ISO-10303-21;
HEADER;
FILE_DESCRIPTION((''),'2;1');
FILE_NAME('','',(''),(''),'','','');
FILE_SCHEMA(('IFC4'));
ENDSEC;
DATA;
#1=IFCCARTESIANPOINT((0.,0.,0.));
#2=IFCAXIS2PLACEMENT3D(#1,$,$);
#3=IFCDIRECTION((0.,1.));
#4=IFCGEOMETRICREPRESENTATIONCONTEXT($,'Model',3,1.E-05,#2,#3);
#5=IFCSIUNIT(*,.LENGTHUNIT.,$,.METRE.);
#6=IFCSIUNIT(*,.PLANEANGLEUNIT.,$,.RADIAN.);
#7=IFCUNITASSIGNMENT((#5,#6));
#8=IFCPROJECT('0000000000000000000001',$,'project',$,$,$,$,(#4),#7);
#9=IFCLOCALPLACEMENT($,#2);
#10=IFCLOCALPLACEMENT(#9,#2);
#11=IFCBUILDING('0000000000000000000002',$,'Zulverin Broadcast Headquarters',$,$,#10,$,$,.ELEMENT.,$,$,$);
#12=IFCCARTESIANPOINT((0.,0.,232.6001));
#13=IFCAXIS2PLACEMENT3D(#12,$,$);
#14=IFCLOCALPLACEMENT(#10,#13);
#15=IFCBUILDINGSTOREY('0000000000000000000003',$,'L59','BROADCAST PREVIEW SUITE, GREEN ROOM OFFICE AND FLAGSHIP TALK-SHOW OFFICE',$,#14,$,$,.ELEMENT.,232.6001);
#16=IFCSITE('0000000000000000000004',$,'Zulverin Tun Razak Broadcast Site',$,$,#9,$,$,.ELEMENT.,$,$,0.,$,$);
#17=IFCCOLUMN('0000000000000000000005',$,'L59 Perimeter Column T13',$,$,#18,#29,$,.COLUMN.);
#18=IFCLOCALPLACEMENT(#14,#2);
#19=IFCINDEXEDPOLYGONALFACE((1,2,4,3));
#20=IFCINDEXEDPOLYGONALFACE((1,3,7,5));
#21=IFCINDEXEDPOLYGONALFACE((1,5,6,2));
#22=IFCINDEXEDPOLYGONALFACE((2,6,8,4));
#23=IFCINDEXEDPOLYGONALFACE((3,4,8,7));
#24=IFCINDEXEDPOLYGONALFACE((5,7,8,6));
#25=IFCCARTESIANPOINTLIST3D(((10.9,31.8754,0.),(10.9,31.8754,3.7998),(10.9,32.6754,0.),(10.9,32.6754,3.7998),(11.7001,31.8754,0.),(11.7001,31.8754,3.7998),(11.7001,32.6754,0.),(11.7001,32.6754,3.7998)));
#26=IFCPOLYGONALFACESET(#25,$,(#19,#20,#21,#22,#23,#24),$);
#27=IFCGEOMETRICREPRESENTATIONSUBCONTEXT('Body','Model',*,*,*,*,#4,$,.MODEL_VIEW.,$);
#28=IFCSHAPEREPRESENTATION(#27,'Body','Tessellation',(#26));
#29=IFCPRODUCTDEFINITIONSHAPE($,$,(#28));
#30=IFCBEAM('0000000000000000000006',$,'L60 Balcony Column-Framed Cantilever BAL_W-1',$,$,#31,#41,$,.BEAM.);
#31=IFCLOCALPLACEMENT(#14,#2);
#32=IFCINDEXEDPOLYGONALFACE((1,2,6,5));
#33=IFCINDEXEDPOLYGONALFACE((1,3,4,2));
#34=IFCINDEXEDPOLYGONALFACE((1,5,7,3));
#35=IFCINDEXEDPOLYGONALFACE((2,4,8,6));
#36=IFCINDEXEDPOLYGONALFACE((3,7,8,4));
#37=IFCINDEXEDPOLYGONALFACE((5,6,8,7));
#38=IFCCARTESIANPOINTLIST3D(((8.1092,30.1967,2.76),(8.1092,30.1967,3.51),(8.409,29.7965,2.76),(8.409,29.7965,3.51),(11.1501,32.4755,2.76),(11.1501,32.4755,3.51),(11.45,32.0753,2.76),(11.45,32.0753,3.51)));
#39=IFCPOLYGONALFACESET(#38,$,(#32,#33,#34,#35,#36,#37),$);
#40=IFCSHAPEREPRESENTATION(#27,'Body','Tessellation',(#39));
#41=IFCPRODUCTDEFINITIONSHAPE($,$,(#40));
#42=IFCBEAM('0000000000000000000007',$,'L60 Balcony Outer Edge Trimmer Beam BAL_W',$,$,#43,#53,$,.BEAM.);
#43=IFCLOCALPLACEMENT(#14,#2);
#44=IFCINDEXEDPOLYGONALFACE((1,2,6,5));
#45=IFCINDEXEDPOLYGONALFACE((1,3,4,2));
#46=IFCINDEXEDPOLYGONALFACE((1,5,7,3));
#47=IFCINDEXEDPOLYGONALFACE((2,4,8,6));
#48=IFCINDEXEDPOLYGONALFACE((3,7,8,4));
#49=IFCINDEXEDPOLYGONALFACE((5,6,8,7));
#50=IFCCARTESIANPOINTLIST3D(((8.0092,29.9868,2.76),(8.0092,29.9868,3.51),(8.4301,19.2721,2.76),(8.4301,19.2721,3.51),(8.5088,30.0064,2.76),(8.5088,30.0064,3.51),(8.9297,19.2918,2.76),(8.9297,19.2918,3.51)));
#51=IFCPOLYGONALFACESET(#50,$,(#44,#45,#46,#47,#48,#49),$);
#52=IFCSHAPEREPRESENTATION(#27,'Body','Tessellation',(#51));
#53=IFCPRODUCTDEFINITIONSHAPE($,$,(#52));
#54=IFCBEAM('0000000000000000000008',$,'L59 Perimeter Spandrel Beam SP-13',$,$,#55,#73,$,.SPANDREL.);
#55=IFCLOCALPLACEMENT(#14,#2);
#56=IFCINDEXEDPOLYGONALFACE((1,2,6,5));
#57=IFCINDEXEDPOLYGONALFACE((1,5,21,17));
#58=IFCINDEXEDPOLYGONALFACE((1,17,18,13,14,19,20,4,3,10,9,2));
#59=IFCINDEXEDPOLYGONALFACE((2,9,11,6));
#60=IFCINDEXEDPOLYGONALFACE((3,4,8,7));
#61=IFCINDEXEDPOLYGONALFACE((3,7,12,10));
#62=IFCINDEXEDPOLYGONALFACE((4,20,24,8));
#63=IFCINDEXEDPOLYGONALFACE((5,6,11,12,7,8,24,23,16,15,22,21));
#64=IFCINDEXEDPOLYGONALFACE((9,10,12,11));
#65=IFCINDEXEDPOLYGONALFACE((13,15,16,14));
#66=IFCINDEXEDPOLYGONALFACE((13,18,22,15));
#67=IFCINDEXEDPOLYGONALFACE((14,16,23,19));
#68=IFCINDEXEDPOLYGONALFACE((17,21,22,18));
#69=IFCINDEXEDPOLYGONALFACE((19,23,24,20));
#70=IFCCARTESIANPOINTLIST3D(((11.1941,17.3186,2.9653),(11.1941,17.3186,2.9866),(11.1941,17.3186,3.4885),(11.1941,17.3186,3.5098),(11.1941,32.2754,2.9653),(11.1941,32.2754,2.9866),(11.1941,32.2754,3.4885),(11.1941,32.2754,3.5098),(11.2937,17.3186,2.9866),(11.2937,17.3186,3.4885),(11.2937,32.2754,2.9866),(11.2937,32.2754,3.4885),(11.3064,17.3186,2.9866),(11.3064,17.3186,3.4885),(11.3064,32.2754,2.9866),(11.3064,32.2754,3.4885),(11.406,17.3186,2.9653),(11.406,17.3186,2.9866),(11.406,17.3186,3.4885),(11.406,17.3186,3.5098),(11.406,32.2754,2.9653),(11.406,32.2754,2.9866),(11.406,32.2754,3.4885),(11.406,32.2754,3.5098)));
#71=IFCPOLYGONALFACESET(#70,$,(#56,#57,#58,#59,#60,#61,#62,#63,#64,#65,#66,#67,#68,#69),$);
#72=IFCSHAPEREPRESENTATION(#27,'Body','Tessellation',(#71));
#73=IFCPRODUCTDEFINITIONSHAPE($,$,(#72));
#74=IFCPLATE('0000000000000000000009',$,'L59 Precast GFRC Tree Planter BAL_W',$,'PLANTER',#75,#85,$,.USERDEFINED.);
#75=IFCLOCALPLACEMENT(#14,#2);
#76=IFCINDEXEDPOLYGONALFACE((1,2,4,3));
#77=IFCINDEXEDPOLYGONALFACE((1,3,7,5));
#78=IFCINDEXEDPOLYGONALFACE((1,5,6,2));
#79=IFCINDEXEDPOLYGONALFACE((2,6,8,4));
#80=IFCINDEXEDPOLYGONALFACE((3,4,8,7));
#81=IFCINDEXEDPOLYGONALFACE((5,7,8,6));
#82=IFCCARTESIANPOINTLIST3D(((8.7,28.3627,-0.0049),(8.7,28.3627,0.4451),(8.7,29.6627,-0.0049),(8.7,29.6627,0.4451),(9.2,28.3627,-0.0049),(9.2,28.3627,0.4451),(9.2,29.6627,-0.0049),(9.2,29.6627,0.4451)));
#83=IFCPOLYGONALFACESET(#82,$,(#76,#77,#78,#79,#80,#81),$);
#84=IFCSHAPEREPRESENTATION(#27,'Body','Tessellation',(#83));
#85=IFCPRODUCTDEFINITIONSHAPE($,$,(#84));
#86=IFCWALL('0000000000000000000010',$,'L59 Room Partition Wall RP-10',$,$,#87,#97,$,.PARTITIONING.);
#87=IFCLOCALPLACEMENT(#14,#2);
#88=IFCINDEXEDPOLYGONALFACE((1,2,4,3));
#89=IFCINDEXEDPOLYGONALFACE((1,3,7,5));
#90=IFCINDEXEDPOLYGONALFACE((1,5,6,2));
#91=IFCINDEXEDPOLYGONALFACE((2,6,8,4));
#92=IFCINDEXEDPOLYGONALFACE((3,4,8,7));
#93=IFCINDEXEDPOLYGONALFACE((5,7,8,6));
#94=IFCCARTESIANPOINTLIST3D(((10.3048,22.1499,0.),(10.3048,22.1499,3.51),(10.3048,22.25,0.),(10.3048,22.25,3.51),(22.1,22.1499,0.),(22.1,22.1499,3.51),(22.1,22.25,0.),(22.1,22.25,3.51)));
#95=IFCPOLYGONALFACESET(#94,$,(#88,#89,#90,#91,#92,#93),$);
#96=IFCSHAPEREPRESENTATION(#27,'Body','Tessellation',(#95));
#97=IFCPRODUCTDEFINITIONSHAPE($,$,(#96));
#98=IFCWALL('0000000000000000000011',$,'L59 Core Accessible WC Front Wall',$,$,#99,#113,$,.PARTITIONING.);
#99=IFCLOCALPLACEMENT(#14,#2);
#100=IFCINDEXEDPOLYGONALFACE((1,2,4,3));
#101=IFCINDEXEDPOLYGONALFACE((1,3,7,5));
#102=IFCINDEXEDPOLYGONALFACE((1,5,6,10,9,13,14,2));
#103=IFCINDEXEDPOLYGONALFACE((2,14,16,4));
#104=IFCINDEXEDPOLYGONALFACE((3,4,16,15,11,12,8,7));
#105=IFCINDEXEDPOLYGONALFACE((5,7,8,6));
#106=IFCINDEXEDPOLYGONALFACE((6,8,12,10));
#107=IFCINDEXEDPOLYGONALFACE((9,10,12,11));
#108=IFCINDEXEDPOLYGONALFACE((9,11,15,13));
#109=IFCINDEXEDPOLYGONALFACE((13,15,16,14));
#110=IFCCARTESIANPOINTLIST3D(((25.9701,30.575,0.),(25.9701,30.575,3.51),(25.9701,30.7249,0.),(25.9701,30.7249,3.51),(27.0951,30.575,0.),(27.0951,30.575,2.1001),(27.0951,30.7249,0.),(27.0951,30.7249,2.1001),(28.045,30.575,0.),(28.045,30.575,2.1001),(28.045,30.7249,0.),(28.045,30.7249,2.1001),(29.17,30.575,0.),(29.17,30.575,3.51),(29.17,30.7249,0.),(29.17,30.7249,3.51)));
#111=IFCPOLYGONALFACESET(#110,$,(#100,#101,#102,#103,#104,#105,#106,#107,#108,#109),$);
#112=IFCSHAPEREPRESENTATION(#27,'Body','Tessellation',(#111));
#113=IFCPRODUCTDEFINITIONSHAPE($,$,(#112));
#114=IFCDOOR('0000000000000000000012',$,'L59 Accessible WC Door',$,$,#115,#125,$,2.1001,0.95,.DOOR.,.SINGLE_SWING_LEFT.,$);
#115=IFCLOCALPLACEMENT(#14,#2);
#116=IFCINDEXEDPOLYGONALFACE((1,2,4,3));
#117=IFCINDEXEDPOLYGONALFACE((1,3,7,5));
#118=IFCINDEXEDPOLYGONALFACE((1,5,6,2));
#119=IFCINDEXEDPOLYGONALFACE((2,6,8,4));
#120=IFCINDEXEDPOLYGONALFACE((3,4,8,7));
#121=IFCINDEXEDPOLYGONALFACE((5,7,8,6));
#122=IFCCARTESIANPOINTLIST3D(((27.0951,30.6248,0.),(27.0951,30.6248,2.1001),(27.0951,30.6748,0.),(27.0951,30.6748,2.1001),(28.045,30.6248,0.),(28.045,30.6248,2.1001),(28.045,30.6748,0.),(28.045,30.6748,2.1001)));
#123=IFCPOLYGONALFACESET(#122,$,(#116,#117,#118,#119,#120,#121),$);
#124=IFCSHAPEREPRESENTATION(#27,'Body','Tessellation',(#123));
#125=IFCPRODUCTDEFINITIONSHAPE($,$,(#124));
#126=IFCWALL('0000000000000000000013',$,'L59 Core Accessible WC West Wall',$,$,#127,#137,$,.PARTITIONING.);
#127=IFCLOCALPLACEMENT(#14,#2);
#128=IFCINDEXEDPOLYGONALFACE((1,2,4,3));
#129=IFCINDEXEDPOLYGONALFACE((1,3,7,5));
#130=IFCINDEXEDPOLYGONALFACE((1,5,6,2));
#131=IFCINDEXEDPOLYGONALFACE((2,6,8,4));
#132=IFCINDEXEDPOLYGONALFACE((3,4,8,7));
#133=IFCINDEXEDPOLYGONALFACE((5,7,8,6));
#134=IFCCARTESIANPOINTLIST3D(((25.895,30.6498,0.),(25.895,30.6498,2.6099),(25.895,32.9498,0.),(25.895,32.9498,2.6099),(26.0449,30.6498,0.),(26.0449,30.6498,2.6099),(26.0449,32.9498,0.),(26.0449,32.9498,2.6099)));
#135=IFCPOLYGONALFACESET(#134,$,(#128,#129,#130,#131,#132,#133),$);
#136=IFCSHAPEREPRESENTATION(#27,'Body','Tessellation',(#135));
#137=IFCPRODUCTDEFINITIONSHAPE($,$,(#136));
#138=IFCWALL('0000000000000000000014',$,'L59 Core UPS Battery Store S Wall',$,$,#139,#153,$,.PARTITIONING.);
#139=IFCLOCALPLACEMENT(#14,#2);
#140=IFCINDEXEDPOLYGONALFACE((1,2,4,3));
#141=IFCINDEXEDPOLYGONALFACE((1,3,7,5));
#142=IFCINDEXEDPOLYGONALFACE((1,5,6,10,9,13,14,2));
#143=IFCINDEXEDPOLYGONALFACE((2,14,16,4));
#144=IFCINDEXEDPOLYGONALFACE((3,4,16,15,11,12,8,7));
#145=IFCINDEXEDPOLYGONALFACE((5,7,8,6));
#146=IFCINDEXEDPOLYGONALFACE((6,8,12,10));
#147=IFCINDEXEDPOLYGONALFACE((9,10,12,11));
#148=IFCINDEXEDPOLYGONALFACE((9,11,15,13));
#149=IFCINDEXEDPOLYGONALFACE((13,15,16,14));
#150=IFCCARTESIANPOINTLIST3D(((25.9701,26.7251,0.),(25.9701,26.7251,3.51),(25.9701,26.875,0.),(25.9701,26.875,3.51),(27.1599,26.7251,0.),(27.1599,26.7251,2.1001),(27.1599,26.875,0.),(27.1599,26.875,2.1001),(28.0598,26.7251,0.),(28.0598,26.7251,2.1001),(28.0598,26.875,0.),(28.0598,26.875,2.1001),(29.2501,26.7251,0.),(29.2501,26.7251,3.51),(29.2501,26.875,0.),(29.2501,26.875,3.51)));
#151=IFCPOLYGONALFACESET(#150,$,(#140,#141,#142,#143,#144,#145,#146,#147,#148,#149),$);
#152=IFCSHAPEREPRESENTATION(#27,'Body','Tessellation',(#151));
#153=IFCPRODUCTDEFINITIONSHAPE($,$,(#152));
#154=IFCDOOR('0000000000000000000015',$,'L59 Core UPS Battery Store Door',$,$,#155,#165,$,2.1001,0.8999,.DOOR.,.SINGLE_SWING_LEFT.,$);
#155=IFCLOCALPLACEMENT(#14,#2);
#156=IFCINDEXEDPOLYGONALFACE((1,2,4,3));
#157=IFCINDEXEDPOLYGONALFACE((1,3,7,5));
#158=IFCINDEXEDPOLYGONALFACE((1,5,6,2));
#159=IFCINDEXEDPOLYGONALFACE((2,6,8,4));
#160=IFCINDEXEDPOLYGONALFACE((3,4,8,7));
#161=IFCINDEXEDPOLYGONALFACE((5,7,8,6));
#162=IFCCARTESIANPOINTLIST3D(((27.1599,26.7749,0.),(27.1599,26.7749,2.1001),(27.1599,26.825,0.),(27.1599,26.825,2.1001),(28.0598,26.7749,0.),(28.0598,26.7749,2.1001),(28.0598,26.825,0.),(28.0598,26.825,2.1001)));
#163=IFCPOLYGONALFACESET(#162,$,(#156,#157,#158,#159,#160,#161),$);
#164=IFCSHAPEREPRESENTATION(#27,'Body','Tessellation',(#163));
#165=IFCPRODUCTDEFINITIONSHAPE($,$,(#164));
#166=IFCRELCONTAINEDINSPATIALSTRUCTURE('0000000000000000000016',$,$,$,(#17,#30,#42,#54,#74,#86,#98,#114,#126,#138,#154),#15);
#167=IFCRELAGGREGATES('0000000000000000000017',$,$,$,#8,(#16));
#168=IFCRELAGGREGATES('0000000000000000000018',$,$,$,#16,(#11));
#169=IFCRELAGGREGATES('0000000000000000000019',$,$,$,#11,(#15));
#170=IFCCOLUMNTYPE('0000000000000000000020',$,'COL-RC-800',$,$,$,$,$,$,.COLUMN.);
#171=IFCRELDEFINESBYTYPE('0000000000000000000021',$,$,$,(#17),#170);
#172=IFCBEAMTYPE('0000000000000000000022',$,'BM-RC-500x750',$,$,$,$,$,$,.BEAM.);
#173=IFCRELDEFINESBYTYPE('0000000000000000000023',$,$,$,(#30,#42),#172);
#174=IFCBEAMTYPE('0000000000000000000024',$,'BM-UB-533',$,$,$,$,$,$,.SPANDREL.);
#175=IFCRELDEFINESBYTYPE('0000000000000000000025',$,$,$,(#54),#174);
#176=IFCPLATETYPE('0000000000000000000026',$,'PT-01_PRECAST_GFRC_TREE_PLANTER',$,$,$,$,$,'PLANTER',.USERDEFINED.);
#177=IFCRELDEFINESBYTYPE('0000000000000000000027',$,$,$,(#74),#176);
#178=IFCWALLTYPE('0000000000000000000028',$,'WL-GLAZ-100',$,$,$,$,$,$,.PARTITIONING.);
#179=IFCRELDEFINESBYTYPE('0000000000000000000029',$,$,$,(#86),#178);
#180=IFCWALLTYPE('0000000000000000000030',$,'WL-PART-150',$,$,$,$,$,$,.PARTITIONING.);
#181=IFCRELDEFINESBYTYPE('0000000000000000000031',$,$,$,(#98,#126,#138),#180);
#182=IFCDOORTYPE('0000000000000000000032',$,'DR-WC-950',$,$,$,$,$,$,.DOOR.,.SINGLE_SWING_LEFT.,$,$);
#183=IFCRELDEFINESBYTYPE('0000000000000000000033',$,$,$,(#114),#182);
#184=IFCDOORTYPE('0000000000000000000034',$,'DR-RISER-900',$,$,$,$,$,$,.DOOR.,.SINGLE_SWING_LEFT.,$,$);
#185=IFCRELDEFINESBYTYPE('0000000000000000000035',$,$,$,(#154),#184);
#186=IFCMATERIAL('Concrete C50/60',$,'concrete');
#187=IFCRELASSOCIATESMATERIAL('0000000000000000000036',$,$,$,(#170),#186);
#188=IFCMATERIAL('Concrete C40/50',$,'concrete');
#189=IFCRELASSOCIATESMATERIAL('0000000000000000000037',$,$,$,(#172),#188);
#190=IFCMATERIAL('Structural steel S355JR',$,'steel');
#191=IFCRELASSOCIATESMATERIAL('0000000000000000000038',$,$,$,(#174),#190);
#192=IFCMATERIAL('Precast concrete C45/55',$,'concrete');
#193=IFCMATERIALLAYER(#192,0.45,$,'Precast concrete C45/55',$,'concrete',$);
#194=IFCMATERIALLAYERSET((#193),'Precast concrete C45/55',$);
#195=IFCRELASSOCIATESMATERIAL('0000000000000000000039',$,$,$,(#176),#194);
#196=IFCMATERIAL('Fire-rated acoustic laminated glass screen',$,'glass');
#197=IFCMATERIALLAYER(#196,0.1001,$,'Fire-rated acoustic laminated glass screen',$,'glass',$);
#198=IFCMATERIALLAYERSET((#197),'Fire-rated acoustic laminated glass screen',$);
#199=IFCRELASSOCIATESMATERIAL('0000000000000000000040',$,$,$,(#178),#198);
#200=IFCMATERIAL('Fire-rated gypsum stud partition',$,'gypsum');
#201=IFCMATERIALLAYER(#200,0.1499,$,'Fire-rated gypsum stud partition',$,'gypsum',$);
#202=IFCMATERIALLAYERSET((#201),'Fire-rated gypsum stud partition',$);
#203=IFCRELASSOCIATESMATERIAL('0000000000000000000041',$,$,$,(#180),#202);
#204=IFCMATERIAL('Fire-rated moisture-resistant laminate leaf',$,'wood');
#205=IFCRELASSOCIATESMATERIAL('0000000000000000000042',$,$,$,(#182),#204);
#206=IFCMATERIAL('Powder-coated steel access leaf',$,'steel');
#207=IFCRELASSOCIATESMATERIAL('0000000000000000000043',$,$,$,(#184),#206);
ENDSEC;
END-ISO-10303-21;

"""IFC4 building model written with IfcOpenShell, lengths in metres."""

from ifc_helpers import new_model, si_unit, direction, frame, frame_2d, origin, origin_2d, place, context, subcontext, project, spatial, rectangle, i_section, extrude, material, layer, layer_set, material_profile, profile_set, type_object, element, fill, save


model = new_model("IFC4")

# Units and contexts
model_context = context("Model", 3, precision=1e-05, world=origin(), true_north=direction((0.0, 1.0)))
body_context = subcontext(model_context, "Body", "Model", "MODEL_VIEW")
ifc_project = project(units=[si_unit("LENGTHUNIT", "METRE"), si_unit("PLANEANGLEUNIT", "RADIAN")], contexts=[model_context])

# Site, building, storey
site_placement = place(None, origin())
site = spatial("IfcSite", under=ifc_project, at=site_placement, Name="Zulverin Tun Razak Broadcast Site", CompositionType="ELEMENT", RefElevation=0.0)
building_placement = place(site_placement, origin())
building = spatial("IfcBuilding", under=site, at=building_placement, Name="Zulverin Broadcast Headquarters", CompositionType="ELEMENT")
storey_placement = place(building_placement, frame((0.0, 0.0, 232.6001)))
storey = spatial("IfcBuildingStorey", under=building, at=storey_placement, Name="L59", Description="BROADCAST PREVIEW SUITE, GREEN ROOM OFFICE AND FLAGSHIP TALK-SHOW OFFICE", CompositionType="ELEMENT", Elevation=232.6001)

# Column
ifc_material_1 = material(Name="Concrete C50/60", Category="concrete")
ifc_material_profile_1 = material_profile(ifc_material_1, rectangle(XDim=0.8, YDim=0.8, at=origin_2d()), Name="Concrete C50/60", Category="concrete")
ifc_profile_set_1 = profile_set([ifc_material_profile_1], Name="Concrete C50/60")
column_type = type_object("IfcColumnType", Name="COL-RC-800", PredefinedType="COLUMN", material=ifc_profile_set_1)
column_placement = place(storey_placement, frame((11.3, 32.2754, 0.0), z_axis=(0.0, 0.0, 1.0), x_axis=(1.0, 0.0, 0.0)))
element("IfcColumn", 1, at=column_placement, inside=storey, type_object=column_type, Name="L59 Perimeter Column T13", PredefinedType="COLUMN", context=body_context, shape_type="SweptSolid", body=[
    extrude(rectangle(XDim=0.8, YDim=0.8, at=origin_2d()), origin(), (0.0, 0.0, 1.0), 3.7998),
])

# Beams
ifc_material_2 = material(Name="Concrete C40/50", Category="concrete")
ifc_material_profile_2 = material_profile(ifc_material_2, rectangle(XDim=0.5, YDim=0.75, at=origin_2d()), Name="Concrete C40/50", Category="concrete")
ifc_profile_set_2 = profile_set([ifc_material_profile_2], Name="Concrete C40/50")
beam_type_1 = type_object("IfcBeamType", Name="BM-RC-500x750", PredefinedType="BEAM", material=ifc_profile_set_2)
beam_1_placement = place(storey_placement, frame((11.3, 32.2754, 3.135), z_axis=(-0.800247, -0.599671, 0.0), x_axis=(0.599671, -0.800247, 0.0)))
element("IfcBeam", 2, at=beam_1_placement, inside=storey, type_object=beam_type_1, Name="L60 Balcony Column-Framed Cantilever BAL_W-1", PredefinedType="BEAM", context=body_context, shape_type="SweptSolid", body=[
    extrude(rectangle(XDim=0.5, YDim=0.75, at=origin_2d()), origin(), (0.0, 0.0, 1.0), 3.8),
])
beam_2_placement = place(storey_placement, frame((8.259, 29.9966, 3.135), z_axis=(0.039252, -0.999229, 0.0), x_axis=(0.999229, 0.039252, 0.0)))
element("IfcBeam", 3, at=beam_2_placement, inside=storey, type_object=beam_type_1, Name="L60 Balcony Outer Edge Trimmer Beam BAL_W", PredefinedType="BEAM", context=body_context, shape_type="SweptSolid", body=[
    extrude(rectangle(XDim=0.5, YDim=0.75, at=origin_2d()), origin(), (0.0, 0.0, 1.0), 10.7229),
])
ifc_material_3 = material(Name="Structural steel S355JR", Category="steel")
ifc_material_profile_3 = material_profile(ifc_material_3, i_section(OverallWidth=0.2119, OverallDepth=0.5444, WebThickness=0.0127, FlangeThickness=0.0212, at=origin_2d()), Name="Structural steel S355JR", Category="steel")
ifc_profile_set_3 = profile_set([ifc_material_profile_3], Name="Structural steel S355JR")
beam_type_2 = type_object("IfcBeamType", Name="BM-UB-533", PredefinedType="SPANDREL", material=ifc_profile_set_3)
beam_3_placement = place(storey_placement, frame((11.3, 32.2754, 3.2375), z_axis=(0.0, -1.0, 0.0), x_axis=(1.0, 0.0, 0.0)))
element("IfcBeam", 4, at=beam_3_placement, inside=storey, type_object=beam_type_2, Name="L59 Perimeter Spandrel Beam SP-13", PredefinedType="SPANDREL", context=body_context, shape_type="SweptSolid", body=[
    extrude(i_section(OverallWidth=0.2119, OverallDepth=0.5444, WebThickness=0.0127, FlangeThickness=0.0212, at=origin_2d()), origin(), (0.0, 0.0, 1.0), 14.9568),
])

# Plate
ifc_material_4 = material(Name="Precast concrete C45/55", Category="concrete")
ifc_layer_1 = layer(ifc_material_4, 0.45, Name="Precast concrete C45/55", Category="concrete")
ifc_layer_set_1 = layer_set([ifc_layer_1], Name="Precast concrete C45/55")
plate_type = type_object("IfcPlateType", Name="PT-01_PRECAST_GFRC_TREE_PLANTER", ElementType="PLANTER", PredefinedType="USERDEFINED", material=ifc_layer_set_1)
plate_placement = place(storey_placement, frame((8.95, 29.0127, -0.0049), z_axis=(0.0, 0.0, 1.0), x_axis=(0.0, 1.0, 0.0)))
element("IfcPlate", 5, at=plate_placement, inside=storey, type_object=plate_type, Name="L59 Precast GFRC Tree Planter BAL_W", ObjectType="PLANTER", PredefinedType="USERDEFINED", context=body_context, shape_type="SweptSolid", body=[
    extrude(rectangle(XDim=1.3, YDim=0.5, at=origin_2d()), origin(), (0.0, 0.0, 1.0), 0.45),
])

# Wall
ifc_material_5 = material(Name="Fire-rated acoustic laminated glass screen", Category="glass")
ifc_layer_2 = layer(ifc_material_5, 0.1001, Name="Fire-rated acoustic laminated glass screen", Category="glass")
ifc_layer_set_2 = layer_set([ifc_layer_2], Name="Fire-rated acoustic laminated glass screen")
wall_type_1 = type_object("IfcWallType", Name="WL-GLAZ-100", PredefinedType="PARTITIONING", material=ifc_layer_set_2)
wall_1_placement = place(storey_placement, frame((10.3049, 22.2, 0.0), z_axis=(0.0, 0.0, 1.0), x_axis=(1.0, 0.0, 0.0)))
element("IfcWall", 6, at=wall_1_placement, inside=storey, type_object=wall_type_1, Name="L59 Room Partition Wall RP-10", PredefinedType="PARTITIONING", context=body_context, shape_type="SweptSolid", body=[
    extrude(rectangle(XDim=11.7952, YDim=0.1001, at=frame_2d((5.8975, 0.0))), origin(), (0.0, 0.0, 1.0), 3.51),
])

# Wall, opening, door
ifc_material_6 = material(Name="Fire-rated gypsum stud partition", Category="gypsum")
ifc_layer_3 = layer(ifc_material_6, 0.1499, Name="Fire-rated gypsum stud partition", Category="gypsum")
ifc_layer_set_3 = layer_set([ifc_layer_3], Name="Fire-rated gypsum stud partition")
wall_type_2 = type_object("IfcWallType", Name="WL-PART-150", PredefinedType="PARTITIONING", material=ifc_layer_set_3)
wall_2_placement = place(storey_placement, frame((25.97, 30.6499, 0.0), z_axis=(0.0, 0.0, 1.0), x_axis=(1.0, 0.0, 0.0)))
wall_2 = element("IfcWall", 7, at=wall_2_placement, inside=storey, type_object=wall_type_2, Name="L59 Core Accessible WC Front Wall", PredefinedType="PARTITIONING", context=body_context, shape_type="SweptSolid", body=[
    extrude(rectangle(XDim=3.2, YDim=0.1499, at=frame_2d((1.6001, 0.0))), origin(), (0.0, 0.0, 1.0), 3.51),
])
opening_1_placement = place(wall_2_placement, frame((1.125, 0.0, 0.0)))
opening_1 = element("IfcOpeningElement", 8, at=opening_1_placement, cuts=wall_2, PredefinedType="OPENING", context=body_context, shape_type="SweptSolid", body=[
    extrude(rectangle(XDim=0.95, YDim=2.1001, at=frame_2d((0.4751, 1.05))), frame((0.0, 0.085, 0.0), z_axis=(0.0, -1.0, 0.0), x_axis=(1.0, 0.0, 0.0)), (0.0, 0.0, 1.0), 0.1699),
])
ifc_material_7 = material(Name="Fire-rated moisture-resistant laminate leaf", Category="wood")
door_type_1 = type_object("IfcDoorType", Name="DR-WC-950", OperationType="SINGLE_SWING_LEFT", PredefinedType="DOOR", material=ifc_material_7)
door_1_placement = place(opening_1_placement, origin())
door_1 = element("IfcDoor", 9, at=door_1_placement, inside=storey, type_object=door_type_1, Name="L59 Accessible WC Door", OperationType="SINGLE_SWING_LEFT", OverallHeight=2.1001, OverallWidth=0.95, PredefinedType="DOOR", context=body_context, shape_type="SweptSolid", body=[
    extrude(rectangle(XDim=0.95, YDim=2.1001, at=frame_2d((0.4751, 1.05))), frame((0.0, 0.0249, 0.0), z_axis=(0.0, -1.0, 0.0), x_axis=(1.0, 0.0, 0.0)), (0.0, 0.0, 1.0), 0.05),
])
fill(opening_1, door_1)

# Wall
wall_3_placement = place(storey_placement, frame((25.97, 30.6499, 0.0), z_axis=(0.0, 0.0, 1.0), x_axis=(0.0, 1.0, 0.0)))
element("IfcWall", 10, at=wall_3_placement, inside=storey, type_object=wall_type_2, Name="L59 Core Accessible WC West Wall", PredefinedType="PARTITIONING", context=body_context, shape_type="SweptSolid", body=[
    extrude(rectangle(XDim=2.3, YDim=0.1499, at=frame_2d((1.1499, 0.0))), origin(), (0.0, 0.0, 1.0), 2.6099),
])

# Wall, opening, door
wall_4_placement = place(storey_placement, frame((25.97, 26.8, 0.0), z_axis=(0.0, 0.0, 1.0), x_axis=(1.0, 0.0, 0.0)))
wall_4 = element("IfcWall", 11, at=wall_4_placement, inside=storey, type_object=wall_type_2, Name="L59 Core UPS Battery Store S Wall", PredefinedType="PARTITIONING", context=body_context, shape_type="SweptSolid", body=[
    extrude(rectangle(XDim=3.28, YDim=0.1499, at=frame_2d((1.6401, 0.0))), origin(), (0.0, 0.0, 1.0), 3.51),
])
opening_2_placement = place(wall_4_placement, frame((1.1899, 0.0, 0.0)))
opening_2 = element("IfcOpeningElement", 12, at=opening_2_placement, cuts=wall_4, PredefinedType="OPENING", context=body_context, shape_type="SweptSolid", body=[
    extrude(rectangle(XDim=0.8999, YDim=2.1001, at=frame_2d((0.45, 1.05))), frame((0.0, 0.085, 0.0), z_axis=(0.0, -1.0, 0.0), x_axis=(1.0, 0.0, 0.0)), (0.0, 0.0, 1.0), 0.1699),
])
ifc_material_8 = material(Name="Powder-coated steel access leaf", Category="steel")
door_type_2 = type_object("IfcDoorType", Name="DR-RISER-900", OperationType="SINGLE_SWING_LEFT", PredefinedType="DOOR", material=ifc_material_8)
door_2_placement = place(opening_2_placement, origin())
door_2 = element("IfcDoor", 13, at=door_2_placement, inside=storey, type_object=door_type_2, Name="L59 Core UPS Battery Store Door", OperationType="SINGLE_SWING_LEFT", OverallHeight=2.1001, OverallWidth=0.8999, PredefinedType="DOOR", context=body_context, shape_type="SweptSolid", body=[
    extrude(rectangle(XDim=0.8999, YDim=2.1001, at=frame_2d((0.45, 1.05))), frame((0.0, 0.0249, 0.0), z_axis=(0.0, -1.0, 0.0), x_axis=(1.0, 0.0, 0.0)), (0.0, 0.0, 1.0), 0.05),
])
fill(opening_2, door_2)

save(model, "model.ifc")
